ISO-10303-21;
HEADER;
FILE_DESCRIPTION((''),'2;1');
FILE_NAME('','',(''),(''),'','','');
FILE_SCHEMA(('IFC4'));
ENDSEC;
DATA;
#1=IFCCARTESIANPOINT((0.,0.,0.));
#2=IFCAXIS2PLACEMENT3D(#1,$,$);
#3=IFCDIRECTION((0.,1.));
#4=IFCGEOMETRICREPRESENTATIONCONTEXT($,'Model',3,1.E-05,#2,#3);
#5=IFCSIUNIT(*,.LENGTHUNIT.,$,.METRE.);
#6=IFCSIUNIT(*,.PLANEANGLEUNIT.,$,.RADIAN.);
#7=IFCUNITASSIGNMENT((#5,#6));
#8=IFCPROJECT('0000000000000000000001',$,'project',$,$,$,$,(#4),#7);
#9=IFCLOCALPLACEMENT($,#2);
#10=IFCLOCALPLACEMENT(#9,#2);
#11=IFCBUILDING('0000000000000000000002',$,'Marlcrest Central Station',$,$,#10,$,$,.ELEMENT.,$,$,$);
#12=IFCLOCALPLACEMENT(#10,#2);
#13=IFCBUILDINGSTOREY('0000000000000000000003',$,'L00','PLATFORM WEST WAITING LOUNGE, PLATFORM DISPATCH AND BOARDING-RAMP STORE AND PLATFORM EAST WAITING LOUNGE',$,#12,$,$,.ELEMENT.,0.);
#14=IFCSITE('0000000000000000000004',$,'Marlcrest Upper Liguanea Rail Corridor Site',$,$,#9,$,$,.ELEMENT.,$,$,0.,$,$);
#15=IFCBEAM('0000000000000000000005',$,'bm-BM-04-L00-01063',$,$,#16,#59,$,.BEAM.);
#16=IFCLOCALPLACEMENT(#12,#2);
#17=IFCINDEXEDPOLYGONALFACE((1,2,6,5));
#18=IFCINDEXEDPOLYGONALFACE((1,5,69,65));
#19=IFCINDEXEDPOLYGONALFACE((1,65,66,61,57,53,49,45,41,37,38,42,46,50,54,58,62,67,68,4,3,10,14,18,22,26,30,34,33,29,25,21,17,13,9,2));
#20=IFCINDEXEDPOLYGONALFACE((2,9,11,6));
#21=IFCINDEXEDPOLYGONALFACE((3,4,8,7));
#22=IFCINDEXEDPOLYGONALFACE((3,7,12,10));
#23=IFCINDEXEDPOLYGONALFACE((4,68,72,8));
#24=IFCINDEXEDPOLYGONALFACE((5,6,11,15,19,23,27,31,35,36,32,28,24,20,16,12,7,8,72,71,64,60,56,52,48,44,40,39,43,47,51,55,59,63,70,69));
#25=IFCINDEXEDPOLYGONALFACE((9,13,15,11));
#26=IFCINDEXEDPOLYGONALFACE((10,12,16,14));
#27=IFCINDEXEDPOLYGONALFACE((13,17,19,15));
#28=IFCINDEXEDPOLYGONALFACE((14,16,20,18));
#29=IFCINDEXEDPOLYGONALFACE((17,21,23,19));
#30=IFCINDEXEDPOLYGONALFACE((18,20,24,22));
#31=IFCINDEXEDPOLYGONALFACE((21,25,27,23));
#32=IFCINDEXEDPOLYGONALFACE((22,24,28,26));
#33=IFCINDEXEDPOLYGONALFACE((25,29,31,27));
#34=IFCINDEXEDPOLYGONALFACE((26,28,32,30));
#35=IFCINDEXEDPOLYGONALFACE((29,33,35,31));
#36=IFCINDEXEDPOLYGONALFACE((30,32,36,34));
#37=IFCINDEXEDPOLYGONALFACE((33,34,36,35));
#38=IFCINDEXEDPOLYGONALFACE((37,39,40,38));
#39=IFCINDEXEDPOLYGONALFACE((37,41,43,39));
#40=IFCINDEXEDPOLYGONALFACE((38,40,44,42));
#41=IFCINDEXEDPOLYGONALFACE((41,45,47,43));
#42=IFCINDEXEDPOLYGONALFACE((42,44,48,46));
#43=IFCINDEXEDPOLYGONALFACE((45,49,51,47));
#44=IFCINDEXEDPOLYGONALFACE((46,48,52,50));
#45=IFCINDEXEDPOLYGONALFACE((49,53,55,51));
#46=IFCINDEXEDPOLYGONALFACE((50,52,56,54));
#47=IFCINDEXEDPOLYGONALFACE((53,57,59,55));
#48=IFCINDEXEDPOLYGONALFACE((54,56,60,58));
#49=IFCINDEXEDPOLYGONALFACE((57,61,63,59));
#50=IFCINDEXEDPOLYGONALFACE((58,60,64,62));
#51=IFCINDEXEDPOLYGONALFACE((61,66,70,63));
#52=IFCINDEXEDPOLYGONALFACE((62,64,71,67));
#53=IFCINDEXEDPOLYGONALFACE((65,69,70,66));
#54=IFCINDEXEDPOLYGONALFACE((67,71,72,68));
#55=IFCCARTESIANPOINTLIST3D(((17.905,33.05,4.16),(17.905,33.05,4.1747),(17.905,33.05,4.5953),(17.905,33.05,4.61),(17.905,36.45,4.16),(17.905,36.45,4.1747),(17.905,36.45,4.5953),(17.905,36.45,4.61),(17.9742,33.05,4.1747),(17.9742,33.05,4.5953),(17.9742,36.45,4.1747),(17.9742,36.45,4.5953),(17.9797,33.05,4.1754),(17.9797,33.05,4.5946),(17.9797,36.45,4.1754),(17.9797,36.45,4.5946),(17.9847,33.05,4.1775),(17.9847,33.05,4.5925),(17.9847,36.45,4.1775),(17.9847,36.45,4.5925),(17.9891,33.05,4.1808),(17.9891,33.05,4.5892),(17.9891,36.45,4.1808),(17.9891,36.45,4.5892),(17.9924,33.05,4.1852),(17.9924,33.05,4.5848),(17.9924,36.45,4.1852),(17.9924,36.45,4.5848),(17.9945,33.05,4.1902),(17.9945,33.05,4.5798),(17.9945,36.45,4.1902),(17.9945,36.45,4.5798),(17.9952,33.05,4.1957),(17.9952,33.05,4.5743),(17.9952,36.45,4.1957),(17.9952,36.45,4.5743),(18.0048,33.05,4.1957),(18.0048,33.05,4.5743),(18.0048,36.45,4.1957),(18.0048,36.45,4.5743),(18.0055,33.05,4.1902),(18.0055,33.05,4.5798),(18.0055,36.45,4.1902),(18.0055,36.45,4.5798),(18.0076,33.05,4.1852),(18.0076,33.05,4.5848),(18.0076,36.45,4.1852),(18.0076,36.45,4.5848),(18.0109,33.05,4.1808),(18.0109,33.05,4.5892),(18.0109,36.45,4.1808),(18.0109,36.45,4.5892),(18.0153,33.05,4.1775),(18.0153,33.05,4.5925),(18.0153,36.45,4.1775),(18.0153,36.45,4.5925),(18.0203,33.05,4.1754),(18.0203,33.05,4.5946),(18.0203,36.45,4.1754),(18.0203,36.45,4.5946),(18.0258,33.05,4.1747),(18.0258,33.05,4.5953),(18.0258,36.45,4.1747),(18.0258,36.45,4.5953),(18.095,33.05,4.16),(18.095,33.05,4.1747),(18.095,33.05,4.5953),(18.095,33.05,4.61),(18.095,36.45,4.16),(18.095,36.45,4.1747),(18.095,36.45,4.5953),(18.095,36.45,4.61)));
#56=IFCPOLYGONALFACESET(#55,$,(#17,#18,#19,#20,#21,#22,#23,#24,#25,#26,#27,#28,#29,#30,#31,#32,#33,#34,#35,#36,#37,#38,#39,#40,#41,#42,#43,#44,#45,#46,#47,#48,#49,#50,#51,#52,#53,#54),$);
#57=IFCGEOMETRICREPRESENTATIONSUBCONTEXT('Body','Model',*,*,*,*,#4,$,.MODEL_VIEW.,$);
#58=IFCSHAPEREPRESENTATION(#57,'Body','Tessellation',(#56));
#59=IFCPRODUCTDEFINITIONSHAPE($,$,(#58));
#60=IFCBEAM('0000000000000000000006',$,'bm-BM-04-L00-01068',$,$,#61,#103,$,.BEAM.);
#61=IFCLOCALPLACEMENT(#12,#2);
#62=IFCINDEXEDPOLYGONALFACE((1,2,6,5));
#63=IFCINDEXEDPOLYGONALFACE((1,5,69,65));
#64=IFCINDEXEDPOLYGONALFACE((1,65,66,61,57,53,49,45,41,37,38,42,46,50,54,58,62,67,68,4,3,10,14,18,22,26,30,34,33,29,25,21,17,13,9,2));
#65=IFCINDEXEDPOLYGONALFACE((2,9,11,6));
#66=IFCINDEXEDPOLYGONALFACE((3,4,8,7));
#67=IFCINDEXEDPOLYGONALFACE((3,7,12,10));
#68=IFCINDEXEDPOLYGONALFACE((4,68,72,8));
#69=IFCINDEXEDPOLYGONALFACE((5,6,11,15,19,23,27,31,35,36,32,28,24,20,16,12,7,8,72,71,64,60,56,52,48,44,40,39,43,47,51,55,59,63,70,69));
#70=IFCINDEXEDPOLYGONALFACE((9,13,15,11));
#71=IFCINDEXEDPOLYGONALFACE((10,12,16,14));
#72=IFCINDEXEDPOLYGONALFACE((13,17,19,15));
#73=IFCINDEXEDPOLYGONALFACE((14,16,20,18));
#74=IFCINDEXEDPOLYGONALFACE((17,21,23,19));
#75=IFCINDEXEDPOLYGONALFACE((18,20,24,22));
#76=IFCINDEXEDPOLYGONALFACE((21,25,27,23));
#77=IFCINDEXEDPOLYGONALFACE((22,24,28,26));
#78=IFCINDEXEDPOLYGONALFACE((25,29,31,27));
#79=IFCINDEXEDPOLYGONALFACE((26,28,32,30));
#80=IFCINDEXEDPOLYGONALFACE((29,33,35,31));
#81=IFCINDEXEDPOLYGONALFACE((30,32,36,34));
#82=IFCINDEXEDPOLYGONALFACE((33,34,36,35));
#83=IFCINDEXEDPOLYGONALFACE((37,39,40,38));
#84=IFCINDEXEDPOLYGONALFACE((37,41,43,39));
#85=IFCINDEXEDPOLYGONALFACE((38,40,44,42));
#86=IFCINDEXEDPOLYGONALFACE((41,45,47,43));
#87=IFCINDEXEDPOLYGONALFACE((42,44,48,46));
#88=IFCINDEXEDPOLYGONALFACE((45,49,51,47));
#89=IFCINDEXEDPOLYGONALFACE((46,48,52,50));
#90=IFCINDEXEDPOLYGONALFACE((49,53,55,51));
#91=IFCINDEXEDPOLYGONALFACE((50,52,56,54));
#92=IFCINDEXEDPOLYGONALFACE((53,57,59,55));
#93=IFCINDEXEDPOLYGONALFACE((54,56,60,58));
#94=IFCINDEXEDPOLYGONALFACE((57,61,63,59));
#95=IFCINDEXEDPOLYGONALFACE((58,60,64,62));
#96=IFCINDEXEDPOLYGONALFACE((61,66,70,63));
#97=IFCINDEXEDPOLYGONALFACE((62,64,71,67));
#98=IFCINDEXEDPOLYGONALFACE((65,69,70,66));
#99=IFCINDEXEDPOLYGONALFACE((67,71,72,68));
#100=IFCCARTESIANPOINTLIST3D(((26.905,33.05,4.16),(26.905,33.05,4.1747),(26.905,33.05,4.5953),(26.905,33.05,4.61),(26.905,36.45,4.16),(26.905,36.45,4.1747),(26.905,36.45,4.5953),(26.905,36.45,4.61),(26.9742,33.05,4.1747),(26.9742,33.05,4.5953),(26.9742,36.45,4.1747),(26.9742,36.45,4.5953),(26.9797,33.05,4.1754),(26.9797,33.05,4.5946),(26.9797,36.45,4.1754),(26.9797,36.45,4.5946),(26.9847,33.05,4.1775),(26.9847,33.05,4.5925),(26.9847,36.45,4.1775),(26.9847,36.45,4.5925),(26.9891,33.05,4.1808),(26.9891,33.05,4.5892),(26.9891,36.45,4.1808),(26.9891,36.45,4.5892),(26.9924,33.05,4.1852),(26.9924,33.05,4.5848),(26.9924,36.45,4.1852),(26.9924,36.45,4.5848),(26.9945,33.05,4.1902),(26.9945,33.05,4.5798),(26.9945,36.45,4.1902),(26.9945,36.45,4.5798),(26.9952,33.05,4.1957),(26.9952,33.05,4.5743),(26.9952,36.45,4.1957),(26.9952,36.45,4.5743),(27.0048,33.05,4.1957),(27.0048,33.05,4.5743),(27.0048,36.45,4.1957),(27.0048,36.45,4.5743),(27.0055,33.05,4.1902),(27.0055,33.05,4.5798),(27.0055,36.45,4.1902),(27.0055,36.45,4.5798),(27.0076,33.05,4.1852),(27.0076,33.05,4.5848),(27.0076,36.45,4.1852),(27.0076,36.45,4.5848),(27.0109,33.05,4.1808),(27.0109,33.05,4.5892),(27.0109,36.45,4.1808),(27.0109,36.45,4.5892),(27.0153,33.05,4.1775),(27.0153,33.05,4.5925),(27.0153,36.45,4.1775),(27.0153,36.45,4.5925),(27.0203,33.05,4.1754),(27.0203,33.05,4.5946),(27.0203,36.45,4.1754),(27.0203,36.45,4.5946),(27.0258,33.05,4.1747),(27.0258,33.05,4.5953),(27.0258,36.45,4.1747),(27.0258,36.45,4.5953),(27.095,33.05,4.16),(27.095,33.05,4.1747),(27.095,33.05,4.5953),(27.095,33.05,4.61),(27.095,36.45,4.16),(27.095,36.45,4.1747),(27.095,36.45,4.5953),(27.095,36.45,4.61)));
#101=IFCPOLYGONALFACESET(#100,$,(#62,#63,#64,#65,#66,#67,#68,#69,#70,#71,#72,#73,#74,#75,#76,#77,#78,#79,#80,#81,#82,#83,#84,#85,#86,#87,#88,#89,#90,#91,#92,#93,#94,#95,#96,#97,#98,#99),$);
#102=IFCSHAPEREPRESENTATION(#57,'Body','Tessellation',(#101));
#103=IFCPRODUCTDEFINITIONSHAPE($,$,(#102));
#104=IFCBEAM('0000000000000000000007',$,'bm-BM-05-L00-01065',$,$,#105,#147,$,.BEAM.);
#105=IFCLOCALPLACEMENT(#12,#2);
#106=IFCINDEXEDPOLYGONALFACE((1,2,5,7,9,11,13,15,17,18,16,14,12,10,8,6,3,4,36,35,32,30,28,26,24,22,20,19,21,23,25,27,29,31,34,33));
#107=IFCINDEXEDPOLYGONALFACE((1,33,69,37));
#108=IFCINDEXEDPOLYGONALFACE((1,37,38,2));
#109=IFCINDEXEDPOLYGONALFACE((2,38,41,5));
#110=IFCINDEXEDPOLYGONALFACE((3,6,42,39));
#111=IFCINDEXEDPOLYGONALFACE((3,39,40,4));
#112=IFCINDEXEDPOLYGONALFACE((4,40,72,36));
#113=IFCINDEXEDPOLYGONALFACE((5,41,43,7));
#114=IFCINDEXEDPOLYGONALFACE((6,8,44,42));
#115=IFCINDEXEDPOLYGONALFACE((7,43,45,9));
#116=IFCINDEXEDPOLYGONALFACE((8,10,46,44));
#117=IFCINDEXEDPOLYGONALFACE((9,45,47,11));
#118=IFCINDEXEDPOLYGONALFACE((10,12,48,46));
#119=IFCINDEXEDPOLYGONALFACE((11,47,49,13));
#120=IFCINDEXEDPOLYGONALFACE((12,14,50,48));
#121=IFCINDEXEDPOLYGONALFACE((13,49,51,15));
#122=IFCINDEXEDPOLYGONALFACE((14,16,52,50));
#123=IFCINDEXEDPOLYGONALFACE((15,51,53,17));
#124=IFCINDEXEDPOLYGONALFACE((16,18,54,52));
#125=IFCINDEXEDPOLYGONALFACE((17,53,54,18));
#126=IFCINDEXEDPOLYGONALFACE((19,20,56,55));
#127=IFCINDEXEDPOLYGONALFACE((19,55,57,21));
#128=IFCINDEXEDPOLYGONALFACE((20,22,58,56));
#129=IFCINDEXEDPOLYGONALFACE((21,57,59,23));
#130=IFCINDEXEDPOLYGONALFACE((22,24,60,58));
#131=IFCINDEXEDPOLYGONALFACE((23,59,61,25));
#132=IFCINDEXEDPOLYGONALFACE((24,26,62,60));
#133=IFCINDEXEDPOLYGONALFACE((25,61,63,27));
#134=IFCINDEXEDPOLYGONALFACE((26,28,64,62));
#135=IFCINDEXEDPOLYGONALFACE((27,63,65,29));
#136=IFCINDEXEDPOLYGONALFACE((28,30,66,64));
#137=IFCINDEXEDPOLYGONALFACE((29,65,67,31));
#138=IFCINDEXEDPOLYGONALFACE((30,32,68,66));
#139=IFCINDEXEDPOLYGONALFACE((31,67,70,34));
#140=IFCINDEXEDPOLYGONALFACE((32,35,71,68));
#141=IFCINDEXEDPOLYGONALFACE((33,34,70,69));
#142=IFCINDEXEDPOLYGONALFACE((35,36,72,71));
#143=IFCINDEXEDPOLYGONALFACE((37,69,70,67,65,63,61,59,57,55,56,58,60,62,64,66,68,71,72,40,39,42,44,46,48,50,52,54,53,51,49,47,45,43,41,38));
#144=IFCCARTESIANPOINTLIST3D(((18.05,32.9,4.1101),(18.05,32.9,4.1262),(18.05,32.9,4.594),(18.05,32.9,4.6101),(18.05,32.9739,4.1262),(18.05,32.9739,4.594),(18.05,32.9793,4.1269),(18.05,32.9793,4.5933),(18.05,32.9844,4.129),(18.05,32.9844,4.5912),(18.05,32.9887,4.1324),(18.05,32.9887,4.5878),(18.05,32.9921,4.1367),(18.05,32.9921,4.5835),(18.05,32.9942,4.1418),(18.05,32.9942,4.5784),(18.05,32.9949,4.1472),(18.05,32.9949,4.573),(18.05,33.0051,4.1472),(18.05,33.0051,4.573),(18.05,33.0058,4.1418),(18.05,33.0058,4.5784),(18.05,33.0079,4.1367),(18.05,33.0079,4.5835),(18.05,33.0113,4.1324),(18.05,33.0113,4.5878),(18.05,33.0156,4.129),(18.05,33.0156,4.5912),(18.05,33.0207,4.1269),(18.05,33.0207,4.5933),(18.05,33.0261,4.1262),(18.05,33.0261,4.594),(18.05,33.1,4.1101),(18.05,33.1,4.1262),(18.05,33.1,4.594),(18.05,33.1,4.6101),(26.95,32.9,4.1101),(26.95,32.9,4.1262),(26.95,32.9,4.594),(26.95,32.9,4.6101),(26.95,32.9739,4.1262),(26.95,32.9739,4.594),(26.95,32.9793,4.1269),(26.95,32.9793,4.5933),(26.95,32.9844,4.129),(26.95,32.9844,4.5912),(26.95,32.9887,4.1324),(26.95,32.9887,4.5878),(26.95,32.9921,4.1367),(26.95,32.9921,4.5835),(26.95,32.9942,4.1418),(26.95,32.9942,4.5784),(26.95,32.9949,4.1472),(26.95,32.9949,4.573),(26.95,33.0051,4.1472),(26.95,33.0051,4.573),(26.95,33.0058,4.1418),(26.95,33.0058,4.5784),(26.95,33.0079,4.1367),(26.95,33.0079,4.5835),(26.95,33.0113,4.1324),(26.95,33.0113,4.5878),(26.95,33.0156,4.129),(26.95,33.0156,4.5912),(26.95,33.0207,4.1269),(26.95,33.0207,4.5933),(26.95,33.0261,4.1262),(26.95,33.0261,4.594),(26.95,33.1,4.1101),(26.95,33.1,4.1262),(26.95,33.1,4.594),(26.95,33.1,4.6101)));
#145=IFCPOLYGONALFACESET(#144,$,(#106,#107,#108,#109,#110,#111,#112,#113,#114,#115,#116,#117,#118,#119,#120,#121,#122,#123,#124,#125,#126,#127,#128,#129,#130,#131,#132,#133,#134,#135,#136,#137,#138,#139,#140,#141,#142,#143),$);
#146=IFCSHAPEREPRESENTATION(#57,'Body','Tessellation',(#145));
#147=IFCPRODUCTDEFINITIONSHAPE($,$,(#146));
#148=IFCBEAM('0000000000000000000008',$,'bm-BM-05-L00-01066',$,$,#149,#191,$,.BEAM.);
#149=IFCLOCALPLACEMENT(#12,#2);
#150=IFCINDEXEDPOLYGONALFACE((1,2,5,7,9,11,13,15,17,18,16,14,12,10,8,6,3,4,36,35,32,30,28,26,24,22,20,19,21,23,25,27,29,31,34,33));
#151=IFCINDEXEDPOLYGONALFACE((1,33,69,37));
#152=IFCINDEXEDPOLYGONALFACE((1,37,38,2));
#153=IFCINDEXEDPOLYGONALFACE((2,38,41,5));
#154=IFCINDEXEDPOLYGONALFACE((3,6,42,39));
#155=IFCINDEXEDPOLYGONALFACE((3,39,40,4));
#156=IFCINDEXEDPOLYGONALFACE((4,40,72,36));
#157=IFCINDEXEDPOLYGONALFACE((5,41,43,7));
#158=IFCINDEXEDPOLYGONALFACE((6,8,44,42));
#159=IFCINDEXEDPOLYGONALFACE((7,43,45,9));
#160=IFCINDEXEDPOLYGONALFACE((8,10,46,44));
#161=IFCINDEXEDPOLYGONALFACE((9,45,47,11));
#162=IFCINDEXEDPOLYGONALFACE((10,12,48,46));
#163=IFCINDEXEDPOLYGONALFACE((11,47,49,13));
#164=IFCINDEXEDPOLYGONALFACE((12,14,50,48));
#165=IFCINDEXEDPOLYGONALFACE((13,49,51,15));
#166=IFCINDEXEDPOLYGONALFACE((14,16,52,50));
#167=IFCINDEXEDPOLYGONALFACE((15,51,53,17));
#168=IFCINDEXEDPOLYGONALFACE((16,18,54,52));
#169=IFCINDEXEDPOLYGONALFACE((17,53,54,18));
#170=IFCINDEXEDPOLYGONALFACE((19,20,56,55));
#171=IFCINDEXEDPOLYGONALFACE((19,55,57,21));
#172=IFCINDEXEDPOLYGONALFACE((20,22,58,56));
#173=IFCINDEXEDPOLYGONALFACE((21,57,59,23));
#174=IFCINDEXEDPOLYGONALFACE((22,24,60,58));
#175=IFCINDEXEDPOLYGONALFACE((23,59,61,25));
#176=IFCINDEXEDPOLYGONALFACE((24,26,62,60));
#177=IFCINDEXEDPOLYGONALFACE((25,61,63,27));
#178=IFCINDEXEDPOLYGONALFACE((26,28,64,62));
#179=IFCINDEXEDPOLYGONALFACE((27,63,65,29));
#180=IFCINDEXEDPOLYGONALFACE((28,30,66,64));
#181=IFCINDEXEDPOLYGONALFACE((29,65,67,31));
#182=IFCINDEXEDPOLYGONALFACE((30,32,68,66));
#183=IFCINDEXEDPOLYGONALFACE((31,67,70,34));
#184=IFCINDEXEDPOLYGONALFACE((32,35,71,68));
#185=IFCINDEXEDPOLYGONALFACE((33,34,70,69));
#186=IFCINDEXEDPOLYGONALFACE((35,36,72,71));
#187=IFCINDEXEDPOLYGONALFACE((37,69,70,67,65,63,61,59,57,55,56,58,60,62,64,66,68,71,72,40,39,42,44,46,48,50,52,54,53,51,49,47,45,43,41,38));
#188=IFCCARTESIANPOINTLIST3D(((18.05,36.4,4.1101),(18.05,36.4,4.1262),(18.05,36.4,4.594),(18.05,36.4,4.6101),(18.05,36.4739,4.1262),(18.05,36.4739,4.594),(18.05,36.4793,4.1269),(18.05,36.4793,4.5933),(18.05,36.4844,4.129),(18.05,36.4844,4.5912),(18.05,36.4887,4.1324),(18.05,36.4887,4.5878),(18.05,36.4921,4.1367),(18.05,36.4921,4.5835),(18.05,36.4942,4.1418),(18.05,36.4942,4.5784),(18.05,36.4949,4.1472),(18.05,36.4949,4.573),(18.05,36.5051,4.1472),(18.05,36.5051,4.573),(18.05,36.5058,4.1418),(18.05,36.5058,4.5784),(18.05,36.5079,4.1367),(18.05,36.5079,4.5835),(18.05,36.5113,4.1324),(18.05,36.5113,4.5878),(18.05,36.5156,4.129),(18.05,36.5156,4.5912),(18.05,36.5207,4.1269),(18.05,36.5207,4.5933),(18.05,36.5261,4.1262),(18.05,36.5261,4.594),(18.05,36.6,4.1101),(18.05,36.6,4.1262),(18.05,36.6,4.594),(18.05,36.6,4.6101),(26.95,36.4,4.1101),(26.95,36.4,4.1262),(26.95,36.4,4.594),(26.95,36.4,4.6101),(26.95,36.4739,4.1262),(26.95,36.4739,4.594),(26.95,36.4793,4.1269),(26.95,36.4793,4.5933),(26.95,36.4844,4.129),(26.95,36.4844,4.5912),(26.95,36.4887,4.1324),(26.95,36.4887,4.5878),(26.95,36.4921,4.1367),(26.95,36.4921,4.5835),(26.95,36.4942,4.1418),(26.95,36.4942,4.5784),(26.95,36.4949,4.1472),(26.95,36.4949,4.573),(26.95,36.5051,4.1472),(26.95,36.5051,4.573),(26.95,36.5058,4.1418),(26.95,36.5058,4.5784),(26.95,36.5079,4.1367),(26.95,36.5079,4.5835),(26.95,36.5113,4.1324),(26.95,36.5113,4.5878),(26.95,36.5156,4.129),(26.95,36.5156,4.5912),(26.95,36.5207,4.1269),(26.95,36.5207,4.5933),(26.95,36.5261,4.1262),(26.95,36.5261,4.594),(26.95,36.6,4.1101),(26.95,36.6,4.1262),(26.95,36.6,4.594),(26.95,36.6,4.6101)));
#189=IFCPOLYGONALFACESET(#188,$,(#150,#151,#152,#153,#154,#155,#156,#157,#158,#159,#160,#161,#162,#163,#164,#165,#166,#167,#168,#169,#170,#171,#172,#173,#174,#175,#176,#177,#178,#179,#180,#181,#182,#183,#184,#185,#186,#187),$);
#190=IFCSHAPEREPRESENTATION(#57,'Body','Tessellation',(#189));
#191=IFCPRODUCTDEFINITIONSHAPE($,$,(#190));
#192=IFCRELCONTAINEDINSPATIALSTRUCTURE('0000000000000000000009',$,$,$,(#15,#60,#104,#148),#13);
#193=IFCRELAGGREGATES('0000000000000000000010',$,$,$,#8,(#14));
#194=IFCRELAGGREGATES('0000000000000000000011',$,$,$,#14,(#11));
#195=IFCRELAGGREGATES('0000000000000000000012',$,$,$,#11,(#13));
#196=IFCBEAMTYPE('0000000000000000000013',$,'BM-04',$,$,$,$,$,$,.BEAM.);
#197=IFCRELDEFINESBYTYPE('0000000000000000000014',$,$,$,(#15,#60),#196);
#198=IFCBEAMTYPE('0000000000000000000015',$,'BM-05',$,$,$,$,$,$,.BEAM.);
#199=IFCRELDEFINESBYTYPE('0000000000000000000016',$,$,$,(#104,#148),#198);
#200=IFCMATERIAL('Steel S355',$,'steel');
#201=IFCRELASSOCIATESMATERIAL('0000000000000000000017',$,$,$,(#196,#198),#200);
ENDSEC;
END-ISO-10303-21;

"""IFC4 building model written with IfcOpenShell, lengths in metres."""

from ifc_helpers import new_model, si_unit, direction, frame, origin, origin_2d, place, context, subcontext, project, spatial, i_section, extrude, material, material_profile, profile_set, type_object, element, save


model = new_model("IFC4")

# Units and contexts
model_context = context("Model", 3, precision=1e-05, world=origin(), true_north=direction((0.0, 1.0)))
body_context = subcontext(model_context, "Body", "Model", "MODEL_VIEW")
ifc_project = project(units=[si_unit("LENGTHUNIT", "METRE"), si_unit("PLANEANGLEUNIT", "RADIAN")], contexts=[model_context])

# Site, building, storey
site_placement = place(None, origin())
site = spatial("IfcSite", under=ifc_project, at=site_placement, Name="Marlcrest Upper Liguanea Rail Corridor Site", CompositionType="ELEMENT", RefElevation=0.0)
building_placement = place(site_placement, origin())
building = spatial("IfcBuilding", under=site, at=building_placement, Name="Marlcrest Central Station", CompositionType="ELEMENT")
storey_placement = place(building_placement, origin())
storey = spatial("IfcBuildingStorey", under=building, at=storey_placement, Name="L00", Description="PLATFORM WEST WAITING LOUNGE, PLATFORM DISPATCH AND BOARDING-RAMP STORE AND PLATFORM EAST WAITING LOUNGE", CompositionType="ELEMENT", Elevation=0.0)

# Beams
ifc_material_1 = material(Name="Steel S355", Category="steel")
ifc_material_profile_1 = material_profile(ifc_material_1, i_section(OverallWidth=0.1899, OverallDepth=0.45, WebThickness=0.0095, FlangeThickness=0.0146, FilletRadius=0.021, at=origin_2d()), Name="IPE 450")
ifc_profile_set_1 = profile_set([ifc_material_profile_1], Name="Steel S355")
beam_type_1 = type_object("IfcBeamType", Name="BM-04", PredefinedType="BEAM", material=ifc_profile_set_1)
for number, where, z_axis, x_axis, name in (
    (1, (18.0, 33.05, 4.385), (0.0, 1.0, 0.0), (-1.0, 0.0, 0.0), "bm-BM-04-L00-01063"),
    (2, (27.0, 33.05, 4.385), (0.0, 1.0, 0.0), (-1.0, 0.0, 0.0), "bm-BM-04-L00-01068"),
):
    element("IfcBeam", number, at=place(storey_placement, frame(where, z_axis=z_axis, x_axis=x_axis)), inside=storey, type_object=beam_type_1, Name=name, PredefinedType="BEAM", context=body_context, shape_type="SweptSolid", body=[
        extrude(i_section(OverallWidth=0.1899, OverallDepth=0.45, WebThickness=0.0095, FlangeThickness=0.0146, FilletRadius=0.021, at=origin_2d()), origin(), (0.0, 0.0, 1.0), 3.3999),
    ])
ifc_material_profile_2 = material_profile(ifc_material_1, i_section(OverallWidth=0.2, OverallDepth=0.5, WebThickness=0.0103, FlangeThickness=0.0161, FilletRadius=0.021, at=origin_2d()), Name="IPE 500")
ifc_profile_set_2 = profile_set([ifc_material_profile_2], Name="Steel S355")
beam_type_2 = type_object("IfcBeamType", Name="BM-05", PredefinedType="BEAM", material=ifc_profile_set_2)
for number, where, z_axis, x_axis, name in (
    (3, (18.05, 33.0, 4.3601), (1.0, 0.0, 0.0), (0.0, 1.0, 0.0), "bm-BM-05-L00-01065"),
    (4, (18.05, 36.5, 4.3601), (1.0, 0.0, 0.0), (0.0, 1.0, 0.0), "bm-BM-05-L00-01066"),
):
    element("IfcBeam", number, at=place(storey_placement, frame(where, z_axis=z_axis, x_axis=x_axis)), inside=storey, type_object=beam_type_2, Name=name, PredefinedType="BEAM", context=body_context, shape_type="SweptSolid", body=[
        extrude(i_section(OverallWidth=0.2, OverallDepth=0.5, WebThickness=0.0103, FlangeThickness=0.0161, FilletRadius=0.021, at=origin_2d()), origin(), (0.0, 0.0, 1.0), 8.8999),
    ])

save(model, "model.ifc")
